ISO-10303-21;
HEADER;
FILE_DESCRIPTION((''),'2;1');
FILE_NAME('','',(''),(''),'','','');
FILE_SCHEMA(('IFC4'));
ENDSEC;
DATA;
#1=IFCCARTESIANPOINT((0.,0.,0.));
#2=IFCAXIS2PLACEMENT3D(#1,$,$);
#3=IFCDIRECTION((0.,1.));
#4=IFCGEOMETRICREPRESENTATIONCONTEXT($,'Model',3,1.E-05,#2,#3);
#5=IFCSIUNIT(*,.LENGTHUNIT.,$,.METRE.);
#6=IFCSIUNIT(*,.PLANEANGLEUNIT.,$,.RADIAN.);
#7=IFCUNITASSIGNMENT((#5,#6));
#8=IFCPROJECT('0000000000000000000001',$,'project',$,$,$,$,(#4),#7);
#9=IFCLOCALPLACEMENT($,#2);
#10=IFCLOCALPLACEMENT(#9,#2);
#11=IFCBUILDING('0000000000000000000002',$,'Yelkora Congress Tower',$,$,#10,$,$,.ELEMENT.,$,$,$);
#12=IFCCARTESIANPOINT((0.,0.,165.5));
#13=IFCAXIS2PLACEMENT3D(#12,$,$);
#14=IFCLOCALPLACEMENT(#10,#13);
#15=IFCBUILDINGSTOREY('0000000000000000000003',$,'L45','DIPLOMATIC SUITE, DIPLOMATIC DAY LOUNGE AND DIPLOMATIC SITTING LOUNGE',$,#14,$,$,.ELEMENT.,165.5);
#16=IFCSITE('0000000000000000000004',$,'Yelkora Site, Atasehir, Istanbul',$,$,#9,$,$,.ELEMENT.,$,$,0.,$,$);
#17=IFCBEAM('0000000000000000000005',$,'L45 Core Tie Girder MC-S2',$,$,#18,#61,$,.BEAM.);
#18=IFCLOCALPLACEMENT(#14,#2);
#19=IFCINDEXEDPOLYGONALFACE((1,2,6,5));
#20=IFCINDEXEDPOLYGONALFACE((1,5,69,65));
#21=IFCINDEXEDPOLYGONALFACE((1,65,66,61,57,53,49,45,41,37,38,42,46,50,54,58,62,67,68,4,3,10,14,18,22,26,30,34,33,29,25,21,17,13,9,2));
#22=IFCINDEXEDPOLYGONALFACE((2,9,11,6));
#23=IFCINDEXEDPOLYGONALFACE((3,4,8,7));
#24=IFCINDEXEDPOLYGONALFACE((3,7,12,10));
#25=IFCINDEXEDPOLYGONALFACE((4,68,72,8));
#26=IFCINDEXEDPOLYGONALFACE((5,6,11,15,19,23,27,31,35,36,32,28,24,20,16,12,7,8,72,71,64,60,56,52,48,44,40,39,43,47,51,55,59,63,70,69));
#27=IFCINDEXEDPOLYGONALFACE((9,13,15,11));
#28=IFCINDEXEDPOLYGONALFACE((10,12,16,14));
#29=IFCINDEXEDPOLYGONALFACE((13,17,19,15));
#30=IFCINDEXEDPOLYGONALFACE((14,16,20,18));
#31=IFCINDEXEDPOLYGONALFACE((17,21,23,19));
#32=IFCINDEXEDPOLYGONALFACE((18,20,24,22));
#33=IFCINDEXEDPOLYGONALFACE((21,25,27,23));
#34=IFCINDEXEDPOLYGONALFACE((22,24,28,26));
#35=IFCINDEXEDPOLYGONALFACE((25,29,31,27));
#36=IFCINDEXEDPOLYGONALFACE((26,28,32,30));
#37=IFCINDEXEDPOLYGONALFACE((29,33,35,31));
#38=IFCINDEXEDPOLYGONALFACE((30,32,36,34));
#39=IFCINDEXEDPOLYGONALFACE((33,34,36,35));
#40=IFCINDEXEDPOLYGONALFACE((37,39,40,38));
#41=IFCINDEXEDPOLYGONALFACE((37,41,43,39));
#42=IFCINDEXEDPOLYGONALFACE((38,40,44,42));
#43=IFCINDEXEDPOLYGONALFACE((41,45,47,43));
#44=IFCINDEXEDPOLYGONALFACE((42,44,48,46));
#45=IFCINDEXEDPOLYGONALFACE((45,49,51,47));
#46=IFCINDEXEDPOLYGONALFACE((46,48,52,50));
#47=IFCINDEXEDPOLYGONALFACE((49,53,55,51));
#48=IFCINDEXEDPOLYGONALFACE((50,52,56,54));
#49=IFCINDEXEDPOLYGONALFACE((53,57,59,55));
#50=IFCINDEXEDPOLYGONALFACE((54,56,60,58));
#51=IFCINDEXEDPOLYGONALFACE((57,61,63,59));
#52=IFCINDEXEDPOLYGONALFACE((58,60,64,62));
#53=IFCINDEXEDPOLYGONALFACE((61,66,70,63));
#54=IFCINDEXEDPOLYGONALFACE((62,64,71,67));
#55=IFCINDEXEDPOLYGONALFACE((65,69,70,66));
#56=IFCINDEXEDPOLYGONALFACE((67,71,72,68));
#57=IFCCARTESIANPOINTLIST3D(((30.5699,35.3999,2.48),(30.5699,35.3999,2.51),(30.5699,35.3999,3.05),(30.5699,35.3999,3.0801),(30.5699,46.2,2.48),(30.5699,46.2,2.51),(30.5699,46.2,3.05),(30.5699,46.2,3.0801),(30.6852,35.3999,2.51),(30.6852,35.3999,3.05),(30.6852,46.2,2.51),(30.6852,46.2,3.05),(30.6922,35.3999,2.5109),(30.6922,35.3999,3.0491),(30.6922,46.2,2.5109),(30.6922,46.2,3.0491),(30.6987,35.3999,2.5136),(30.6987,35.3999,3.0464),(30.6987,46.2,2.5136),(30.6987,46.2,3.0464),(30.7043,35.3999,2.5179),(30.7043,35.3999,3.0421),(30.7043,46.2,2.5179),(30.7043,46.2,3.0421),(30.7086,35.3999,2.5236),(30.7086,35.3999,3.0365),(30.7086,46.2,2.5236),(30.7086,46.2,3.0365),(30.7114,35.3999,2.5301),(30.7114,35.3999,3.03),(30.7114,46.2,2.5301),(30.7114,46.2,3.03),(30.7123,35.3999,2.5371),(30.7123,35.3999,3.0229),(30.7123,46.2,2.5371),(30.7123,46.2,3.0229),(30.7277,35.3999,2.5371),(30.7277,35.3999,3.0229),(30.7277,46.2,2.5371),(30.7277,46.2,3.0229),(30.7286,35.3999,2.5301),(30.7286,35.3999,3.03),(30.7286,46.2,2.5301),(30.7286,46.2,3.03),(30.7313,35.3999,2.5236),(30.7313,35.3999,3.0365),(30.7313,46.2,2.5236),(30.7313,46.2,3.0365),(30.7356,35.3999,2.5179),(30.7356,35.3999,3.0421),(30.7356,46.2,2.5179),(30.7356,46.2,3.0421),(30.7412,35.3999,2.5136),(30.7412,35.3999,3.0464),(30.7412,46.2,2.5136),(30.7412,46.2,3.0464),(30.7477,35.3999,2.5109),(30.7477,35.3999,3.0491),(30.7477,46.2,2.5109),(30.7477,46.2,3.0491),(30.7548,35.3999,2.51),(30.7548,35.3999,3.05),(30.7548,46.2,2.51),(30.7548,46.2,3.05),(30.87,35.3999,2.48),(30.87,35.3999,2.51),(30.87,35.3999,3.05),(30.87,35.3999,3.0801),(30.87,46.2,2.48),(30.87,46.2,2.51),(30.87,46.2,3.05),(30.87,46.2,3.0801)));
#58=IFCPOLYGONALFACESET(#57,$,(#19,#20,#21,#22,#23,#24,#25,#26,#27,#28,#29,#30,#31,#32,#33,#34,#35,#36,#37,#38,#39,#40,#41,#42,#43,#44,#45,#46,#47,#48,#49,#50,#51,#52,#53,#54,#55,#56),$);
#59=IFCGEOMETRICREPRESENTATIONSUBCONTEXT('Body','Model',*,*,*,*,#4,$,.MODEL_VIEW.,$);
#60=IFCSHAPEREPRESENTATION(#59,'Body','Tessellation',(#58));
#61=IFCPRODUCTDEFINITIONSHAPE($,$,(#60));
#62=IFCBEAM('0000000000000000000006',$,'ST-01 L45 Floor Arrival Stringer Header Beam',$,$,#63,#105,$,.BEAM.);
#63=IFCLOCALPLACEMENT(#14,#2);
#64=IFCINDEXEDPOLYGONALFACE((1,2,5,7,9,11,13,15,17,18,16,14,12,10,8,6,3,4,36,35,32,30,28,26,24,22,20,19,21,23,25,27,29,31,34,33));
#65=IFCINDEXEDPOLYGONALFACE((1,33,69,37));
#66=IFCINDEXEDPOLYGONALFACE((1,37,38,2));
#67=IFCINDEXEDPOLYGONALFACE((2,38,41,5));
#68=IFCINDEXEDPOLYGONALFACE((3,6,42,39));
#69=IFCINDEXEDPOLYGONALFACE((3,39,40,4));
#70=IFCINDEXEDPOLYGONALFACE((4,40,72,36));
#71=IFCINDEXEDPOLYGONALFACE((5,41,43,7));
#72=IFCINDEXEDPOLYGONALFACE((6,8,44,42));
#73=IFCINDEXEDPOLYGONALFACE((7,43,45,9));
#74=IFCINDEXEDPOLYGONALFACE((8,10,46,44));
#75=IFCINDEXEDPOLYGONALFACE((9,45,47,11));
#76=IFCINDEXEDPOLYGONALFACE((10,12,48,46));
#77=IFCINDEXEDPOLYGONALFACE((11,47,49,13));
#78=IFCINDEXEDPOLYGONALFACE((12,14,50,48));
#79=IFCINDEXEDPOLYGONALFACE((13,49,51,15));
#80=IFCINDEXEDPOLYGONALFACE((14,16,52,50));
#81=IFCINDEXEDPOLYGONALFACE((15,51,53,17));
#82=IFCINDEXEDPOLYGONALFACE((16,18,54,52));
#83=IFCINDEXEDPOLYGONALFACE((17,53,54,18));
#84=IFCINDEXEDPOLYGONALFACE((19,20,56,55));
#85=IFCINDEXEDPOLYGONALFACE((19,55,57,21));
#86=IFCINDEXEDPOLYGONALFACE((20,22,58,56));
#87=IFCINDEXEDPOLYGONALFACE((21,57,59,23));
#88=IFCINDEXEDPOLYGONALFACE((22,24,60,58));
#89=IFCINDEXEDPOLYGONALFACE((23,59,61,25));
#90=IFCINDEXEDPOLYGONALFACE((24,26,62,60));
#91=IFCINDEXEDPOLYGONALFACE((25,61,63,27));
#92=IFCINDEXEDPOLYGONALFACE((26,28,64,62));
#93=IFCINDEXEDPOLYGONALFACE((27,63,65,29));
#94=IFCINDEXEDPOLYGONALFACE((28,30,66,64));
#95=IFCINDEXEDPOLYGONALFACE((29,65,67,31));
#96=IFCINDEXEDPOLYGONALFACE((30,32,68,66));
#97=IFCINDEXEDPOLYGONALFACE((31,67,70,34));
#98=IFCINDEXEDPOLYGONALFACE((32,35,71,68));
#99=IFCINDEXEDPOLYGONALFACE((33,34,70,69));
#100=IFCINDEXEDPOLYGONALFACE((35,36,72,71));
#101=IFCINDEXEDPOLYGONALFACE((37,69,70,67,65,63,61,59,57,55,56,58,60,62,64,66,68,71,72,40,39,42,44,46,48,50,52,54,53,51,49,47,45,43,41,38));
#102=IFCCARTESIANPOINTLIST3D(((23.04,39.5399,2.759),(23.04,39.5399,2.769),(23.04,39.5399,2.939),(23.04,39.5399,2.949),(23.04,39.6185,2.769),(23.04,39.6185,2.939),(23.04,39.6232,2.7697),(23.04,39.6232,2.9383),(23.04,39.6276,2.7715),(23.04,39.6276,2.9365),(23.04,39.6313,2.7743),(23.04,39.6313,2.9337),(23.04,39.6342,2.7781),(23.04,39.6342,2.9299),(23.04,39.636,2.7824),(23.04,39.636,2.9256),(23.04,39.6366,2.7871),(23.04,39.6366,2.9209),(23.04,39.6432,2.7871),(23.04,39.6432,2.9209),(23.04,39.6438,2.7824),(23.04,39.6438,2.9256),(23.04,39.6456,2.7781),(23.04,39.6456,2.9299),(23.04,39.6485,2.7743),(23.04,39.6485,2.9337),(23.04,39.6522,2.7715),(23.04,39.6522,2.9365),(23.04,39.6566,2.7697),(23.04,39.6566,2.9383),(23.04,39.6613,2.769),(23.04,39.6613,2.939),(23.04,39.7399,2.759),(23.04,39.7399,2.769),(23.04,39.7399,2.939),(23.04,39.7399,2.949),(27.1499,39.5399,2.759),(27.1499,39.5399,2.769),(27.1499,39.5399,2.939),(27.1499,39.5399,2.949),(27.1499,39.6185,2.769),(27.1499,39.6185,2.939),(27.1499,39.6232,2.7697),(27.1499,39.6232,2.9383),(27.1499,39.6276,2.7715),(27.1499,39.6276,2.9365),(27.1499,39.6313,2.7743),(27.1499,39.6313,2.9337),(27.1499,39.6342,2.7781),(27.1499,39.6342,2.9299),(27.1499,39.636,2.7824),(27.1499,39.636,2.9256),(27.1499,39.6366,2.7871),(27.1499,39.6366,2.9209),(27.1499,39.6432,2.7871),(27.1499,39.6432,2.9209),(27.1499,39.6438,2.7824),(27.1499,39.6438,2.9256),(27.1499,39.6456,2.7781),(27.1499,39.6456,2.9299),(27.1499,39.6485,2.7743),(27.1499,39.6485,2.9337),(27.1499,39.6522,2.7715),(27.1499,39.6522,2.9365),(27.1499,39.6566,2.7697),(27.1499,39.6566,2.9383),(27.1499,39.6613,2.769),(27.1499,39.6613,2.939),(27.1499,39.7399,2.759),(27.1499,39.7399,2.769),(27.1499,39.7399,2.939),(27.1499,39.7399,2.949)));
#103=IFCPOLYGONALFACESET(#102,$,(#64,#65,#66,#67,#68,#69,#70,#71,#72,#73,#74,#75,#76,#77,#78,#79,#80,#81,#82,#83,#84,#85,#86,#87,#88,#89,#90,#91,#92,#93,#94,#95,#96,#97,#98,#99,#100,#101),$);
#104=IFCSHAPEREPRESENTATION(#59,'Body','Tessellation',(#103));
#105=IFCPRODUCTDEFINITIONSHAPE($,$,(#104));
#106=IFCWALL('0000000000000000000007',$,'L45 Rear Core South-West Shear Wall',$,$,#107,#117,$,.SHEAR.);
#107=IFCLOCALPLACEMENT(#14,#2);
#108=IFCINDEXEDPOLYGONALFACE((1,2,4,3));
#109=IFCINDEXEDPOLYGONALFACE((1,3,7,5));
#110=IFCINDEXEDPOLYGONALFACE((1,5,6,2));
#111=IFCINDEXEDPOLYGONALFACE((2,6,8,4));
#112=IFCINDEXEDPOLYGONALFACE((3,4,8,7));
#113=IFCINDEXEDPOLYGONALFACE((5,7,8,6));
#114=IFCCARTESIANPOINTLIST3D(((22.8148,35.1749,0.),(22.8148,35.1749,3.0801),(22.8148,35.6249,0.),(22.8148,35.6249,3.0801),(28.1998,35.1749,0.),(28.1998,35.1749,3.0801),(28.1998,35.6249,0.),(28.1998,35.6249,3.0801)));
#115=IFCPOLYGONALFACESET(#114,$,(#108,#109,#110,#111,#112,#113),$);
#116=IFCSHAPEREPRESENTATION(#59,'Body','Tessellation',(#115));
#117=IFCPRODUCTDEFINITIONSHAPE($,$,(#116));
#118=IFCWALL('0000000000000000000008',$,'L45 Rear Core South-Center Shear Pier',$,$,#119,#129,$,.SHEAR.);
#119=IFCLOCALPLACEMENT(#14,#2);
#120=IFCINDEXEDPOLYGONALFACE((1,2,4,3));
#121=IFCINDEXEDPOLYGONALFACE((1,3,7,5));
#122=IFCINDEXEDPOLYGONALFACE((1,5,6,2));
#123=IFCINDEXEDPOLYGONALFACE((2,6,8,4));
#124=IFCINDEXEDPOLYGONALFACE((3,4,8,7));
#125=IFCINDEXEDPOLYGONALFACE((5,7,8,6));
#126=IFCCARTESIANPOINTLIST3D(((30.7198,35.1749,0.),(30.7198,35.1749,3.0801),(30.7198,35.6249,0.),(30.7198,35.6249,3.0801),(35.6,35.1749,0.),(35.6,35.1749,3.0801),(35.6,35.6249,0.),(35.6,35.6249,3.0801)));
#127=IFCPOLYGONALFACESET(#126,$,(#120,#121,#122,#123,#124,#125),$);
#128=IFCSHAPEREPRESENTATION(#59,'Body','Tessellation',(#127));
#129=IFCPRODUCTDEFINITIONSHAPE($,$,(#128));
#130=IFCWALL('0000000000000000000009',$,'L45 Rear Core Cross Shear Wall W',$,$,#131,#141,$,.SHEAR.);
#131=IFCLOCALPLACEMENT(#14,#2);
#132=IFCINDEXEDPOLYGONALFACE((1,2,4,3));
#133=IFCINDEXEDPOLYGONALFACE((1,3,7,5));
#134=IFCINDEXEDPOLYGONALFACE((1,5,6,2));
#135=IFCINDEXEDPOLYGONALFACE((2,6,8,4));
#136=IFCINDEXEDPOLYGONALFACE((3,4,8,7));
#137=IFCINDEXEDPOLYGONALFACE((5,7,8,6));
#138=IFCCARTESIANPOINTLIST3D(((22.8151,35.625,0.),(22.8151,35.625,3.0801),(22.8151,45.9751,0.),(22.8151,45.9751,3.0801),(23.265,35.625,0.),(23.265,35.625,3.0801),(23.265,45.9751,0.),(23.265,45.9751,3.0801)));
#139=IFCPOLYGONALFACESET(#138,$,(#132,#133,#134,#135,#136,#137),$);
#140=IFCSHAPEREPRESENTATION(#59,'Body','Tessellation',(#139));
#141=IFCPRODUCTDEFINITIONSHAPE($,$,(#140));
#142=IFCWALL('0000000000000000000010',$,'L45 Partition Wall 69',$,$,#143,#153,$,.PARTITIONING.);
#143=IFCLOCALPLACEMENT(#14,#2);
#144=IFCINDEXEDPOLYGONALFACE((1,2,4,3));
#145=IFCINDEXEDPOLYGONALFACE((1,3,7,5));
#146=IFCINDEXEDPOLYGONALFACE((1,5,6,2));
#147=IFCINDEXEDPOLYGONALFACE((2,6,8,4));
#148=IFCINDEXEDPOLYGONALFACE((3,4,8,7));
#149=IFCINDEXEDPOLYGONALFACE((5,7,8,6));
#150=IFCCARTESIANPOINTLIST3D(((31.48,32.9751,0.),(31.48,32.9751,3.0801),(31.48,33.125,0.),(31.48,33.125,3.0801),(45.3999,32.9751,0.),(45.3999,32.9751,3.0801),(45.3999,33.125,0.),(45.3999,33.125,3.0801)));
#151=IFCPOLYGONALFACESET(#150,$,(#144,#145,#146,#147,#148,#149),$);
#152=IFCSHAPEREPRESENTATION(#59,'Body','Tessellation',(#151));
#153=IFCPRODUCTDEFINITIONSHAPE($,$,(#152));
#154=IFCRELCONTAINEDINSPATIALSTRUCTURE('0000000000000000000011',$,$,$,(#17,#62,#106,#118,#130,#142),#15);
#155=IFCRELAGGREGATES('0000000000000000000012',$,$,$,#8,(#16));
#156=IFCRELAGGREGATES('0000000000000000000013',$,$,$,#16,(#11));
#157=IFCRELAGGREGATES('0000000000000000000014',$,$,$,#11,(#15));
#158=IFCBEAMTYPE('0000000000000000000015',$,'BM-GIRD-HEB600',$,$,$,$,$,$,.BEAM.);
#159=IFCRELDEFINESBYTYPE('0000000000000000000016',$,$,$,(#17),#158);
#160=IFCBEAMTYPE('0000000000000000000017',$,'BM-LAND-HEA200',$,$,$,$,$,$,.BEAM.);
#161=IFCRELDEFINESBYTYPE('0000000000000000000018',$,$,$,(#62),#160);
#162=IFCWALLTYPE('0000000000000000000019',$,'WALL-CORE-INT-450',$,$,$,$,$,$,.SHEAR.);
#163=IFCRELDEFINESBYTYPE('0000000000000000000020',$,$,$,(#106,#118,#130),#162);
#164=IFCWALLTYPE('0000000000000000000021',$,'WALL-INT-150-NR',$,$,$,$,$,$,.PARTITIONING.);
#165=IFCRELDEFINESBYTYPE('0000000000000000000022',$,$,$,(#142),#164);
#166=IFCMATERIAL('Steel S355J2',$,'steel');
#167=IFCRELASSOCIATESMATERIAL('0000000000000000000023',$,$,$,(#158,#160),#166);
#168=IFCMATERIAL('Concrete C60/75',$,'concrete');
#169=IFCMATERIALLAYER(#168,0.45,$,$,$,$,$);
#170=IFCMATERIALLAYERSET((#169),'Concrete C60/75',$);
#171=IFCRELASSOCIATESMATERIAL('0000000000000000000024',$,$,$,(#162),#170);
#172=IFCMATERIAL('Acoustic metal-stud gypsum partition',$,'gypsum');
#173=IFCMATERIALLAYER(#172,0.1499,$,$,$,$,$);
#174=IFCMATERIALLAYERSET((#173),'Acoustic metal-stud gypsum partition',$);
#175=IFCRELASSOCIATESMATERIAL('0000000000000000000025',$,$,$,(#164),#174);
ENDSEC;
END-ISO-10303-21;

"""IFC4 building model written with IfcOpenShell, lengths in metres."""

from ifc_helpers import new_model, si_unit, direction, frame, frame_2d, origin, origin_2d, place, context, subcontext, project, spatial, rectangle, i_section, extrude, material, layer, layer_set, material_profile, profile_set, type_object, element, save


model = new_model("IFC4")

# Units and contexts
model_context = context("Model", 3, precision=1e-05, world=origin(), true_north=direction((0.0, 1.0)))
body_context = subcontext(model_context, "Body", "Model", "MODEL_VIEW")
ifc_project = project(units=[si_unit("LENGTHUNIT", "METRE"), si_unit("PLANEANGLEUNIT", "RADIAN")], contexts=[model_context])

# Site, building, storey
site_placement = place(None, origin())
site = spatial("IfcSite", under=ifc_project, at=site_placement, Name="Yelkora Site, Atasehir, Istanbul", CompositionType="ELEMENT", RefElevation=0.0)
building_placement = place(site_placement, origin())
building = spatial("IfcBuilding", under=site, at=building_placement, Name="Yelkora Congress Tower", CompositionType="ELEMENT")
storey_placement = place(building_placement, frame((0.0, 0.0, 165.5)))
storey = spatial("IfcBuildingStorey", under=building, at=storey_placement, Name="L45", Description="DIPLOMATIC SUITE, DIPLOMATIC DAY LOUNGE AND DIPLOMATIC SITTING LOUNGE", CompositionType="ELEMENT", Elevation=165.5)

# Beams
ifc_material_1 = material(Name="Steel S355J2", Category="steel")
ifc_material_profile_1 = material_profile(ifc_material_1, i_section(OverallWidth=0.3, OverallDepth=0.6001, WebThickness=0.0154, FlangeThickness=0.03, FilletRadius=0.0271, at=origin_2d()), Name="HEB 600")
ifc_profile_set_1 = profile_set([ifc_material_profile_1], Name="Steel S355J2")
beam_type_1 = type_object("IfcBeamType", Name="BM-GIRD-HEB600", PredefinedType="BEAM", material=ifc_profile_set_1)
beam_1_placement = place(storey_placement, frame((30.72, 35.3999, 2.78), z_axis=(0.0, 1.0, 0.0), x_axis=(-1.0, 0.0, 0.0)))
element("IfcBeam", 1, at=beam_1_placement, inside=storey, type_object=beam_type_1, Name="L45 Core Tie Girder MC-S2", PredefinedType="BEAM", context=body_context, shape_type="SweptSolid", body=[
    extrude(i_section(OverallWidth=0.3, OverallDepth=0.6001, WebThickness=0.0154, FlangeThickness=0.03, FilletRadius=0.0271, at=origin_2d()), origin(), (0.0, 0.0, 1.0), 10.8),
])
ifc_material_profile_2 = material_profile(ifc_material_1, i_section(OverallWidth=0.2, OverallDepth=0.1899, WebThickness=0.0066, FlangeThickness=0.01, FilletRadius=0.0181, at=origin_2d()), Name="HEA 200")
ifc_profile_set_2 = profile_set([ifc_material_profile_2], Name="Steel S355J2")
beam_type_2 = type_object("IfcBeamType", Name="BM-LAND-HEA200", PredefinedType="BEAM", material=ifc_profile_set_2)
beam_2_placement = place(storey_placement, frame((23.04, 39.6399, 2.854), z_axis=(1.0, 0.0, 0.0), x_axis=(0.0, 1.0, 0.0)))
element("IfcBeam", 2, at=beam_2_placement, inside=storey, type_object=beam_type_2, Name="ST-01 L45 Floor Arrival Stringer Header Beam", PredefinedType="BEAM", context=body_context, shape_type="SweptSolid", body=[
    extrude(i_section(OverallWidth=0.2, OverallDepth=0.1899, WebThickness=0.0066, FlangeThickness=0.01, FilletRadius=0.0181, at=origin_2d()), origin(), (0.0, 0.0, 1.0), 4.1099),
])

# Walls
ifc_material_2 = material(Name="Concrete C60/75", Category="concrete")
ifc_layer_1 = layer(ifc_material_2, 0.45)
ifc_layer_set_1 = layer_set([ifc_layer_1], Name="Concrete C60/75")
wall_type_1 = type_object("IfcWallType", Name="WALL-CORE-INT-450", PredefinedType="SHEAR", material=ifc_layer_set_1)
wall_1_placement = place(storey_placement, frame((22.8149, 35.3999, 0.0), z_axis=(0.0, 0.0, 1.0), x_axis=(1.0, 0.0, 0.0)))
element("IfcWall", 3, at=wall_1_placement, inside=storey, type_object=wall_type_1, Name="L45 Rear Core South-West Shear Wall", PredefinedType="SHEAR", context=body_context, shape_type="SweptSolid", body=[
    extrude(rectangle(XDim=5.385, YDim=0.45, at=frame_2d((2.6924, 0.0))), origin(), (0.0, 0.0, 1.0), 3.0801),
])
wall_2_placement = place(storey_placement, frame((30.72, 35.3999, 0.0), z_axis=(0.0, 0.0, 1.0), x_axis=(1.0, 0.0, 0.0)))
element("IfcWall", 4, at=wall_2_placement, inside=storey, type_object=wall_type_1, Name="L45 Rear Core South-Center Shear Pier", PredefinedType="SHEAR", context=body_context, shape_type="SweptSolid", body=[
    extrude(rectangle(XDim=4.8801, YDim=0.45, at=frame_2d((2.4399, 0.0))), origin(), (0.0, 0.0, 1.0), 3.0801),
])
wall_3_placement = place(storey_placement, frame((23.04, 35.625, 0.0), z_axis=(0.0, 0.0, 1.0), x_axis=(0.0, 1.0, 0.0)))
element("IfcWall", 5, at=wall_3_placement, inside=storey, type_object=wall_type_1, Name="L45 Rear Core Cross Shear Wall W", PredefinedType="SHEAR", context=body_context, shape_type="SweptSolid", body=[
    extrude(rectangle(XDim=10.3501, YDim=0.45, at=frame_2d((5.175, 0.0))), origin(), (0.0, 0.0, 1.0), 3.0801),
])

# Wall
ifc_material_3 = material(Name="Acoustic metal-stud gypsum partition", Category="gypsum")
ifc_layer_2 = layer(ifc_material_3, 0.1499)
ifc_layer_set_2 = layer_set([ifc_layer_2], Name="Acoustic metal-stud gypsum partition")
wall_type_2 = type_object("IfcWallType", Name="WALL-INT-150-NR", PredefinedType="PARTITIONING", material=ifc_layer_set_2)
wall_4_placement = place(storey_placement, frame((31.48, 33.05, 0.0), z_axis=(0.0, 0.0, 1.0), x_axis=(1.0, 0.0, 0.0)))
element("IfcWall", 6, at=wall_4_placement, inside=storey, type_object=wall_type_2, Name="L45 Partition Wall 69", PredefinedType="PARTITIONING", context=body_context, shape_type="SweptSolid", body=[
    extrude(rectangle(XDim=13.9199, YDim=0.1499, at=frame_2d((6.96, 0.0))), origin(), (0.0, 0.0, 1.0), 3.0801),
])

save(model, "model.ifc")
